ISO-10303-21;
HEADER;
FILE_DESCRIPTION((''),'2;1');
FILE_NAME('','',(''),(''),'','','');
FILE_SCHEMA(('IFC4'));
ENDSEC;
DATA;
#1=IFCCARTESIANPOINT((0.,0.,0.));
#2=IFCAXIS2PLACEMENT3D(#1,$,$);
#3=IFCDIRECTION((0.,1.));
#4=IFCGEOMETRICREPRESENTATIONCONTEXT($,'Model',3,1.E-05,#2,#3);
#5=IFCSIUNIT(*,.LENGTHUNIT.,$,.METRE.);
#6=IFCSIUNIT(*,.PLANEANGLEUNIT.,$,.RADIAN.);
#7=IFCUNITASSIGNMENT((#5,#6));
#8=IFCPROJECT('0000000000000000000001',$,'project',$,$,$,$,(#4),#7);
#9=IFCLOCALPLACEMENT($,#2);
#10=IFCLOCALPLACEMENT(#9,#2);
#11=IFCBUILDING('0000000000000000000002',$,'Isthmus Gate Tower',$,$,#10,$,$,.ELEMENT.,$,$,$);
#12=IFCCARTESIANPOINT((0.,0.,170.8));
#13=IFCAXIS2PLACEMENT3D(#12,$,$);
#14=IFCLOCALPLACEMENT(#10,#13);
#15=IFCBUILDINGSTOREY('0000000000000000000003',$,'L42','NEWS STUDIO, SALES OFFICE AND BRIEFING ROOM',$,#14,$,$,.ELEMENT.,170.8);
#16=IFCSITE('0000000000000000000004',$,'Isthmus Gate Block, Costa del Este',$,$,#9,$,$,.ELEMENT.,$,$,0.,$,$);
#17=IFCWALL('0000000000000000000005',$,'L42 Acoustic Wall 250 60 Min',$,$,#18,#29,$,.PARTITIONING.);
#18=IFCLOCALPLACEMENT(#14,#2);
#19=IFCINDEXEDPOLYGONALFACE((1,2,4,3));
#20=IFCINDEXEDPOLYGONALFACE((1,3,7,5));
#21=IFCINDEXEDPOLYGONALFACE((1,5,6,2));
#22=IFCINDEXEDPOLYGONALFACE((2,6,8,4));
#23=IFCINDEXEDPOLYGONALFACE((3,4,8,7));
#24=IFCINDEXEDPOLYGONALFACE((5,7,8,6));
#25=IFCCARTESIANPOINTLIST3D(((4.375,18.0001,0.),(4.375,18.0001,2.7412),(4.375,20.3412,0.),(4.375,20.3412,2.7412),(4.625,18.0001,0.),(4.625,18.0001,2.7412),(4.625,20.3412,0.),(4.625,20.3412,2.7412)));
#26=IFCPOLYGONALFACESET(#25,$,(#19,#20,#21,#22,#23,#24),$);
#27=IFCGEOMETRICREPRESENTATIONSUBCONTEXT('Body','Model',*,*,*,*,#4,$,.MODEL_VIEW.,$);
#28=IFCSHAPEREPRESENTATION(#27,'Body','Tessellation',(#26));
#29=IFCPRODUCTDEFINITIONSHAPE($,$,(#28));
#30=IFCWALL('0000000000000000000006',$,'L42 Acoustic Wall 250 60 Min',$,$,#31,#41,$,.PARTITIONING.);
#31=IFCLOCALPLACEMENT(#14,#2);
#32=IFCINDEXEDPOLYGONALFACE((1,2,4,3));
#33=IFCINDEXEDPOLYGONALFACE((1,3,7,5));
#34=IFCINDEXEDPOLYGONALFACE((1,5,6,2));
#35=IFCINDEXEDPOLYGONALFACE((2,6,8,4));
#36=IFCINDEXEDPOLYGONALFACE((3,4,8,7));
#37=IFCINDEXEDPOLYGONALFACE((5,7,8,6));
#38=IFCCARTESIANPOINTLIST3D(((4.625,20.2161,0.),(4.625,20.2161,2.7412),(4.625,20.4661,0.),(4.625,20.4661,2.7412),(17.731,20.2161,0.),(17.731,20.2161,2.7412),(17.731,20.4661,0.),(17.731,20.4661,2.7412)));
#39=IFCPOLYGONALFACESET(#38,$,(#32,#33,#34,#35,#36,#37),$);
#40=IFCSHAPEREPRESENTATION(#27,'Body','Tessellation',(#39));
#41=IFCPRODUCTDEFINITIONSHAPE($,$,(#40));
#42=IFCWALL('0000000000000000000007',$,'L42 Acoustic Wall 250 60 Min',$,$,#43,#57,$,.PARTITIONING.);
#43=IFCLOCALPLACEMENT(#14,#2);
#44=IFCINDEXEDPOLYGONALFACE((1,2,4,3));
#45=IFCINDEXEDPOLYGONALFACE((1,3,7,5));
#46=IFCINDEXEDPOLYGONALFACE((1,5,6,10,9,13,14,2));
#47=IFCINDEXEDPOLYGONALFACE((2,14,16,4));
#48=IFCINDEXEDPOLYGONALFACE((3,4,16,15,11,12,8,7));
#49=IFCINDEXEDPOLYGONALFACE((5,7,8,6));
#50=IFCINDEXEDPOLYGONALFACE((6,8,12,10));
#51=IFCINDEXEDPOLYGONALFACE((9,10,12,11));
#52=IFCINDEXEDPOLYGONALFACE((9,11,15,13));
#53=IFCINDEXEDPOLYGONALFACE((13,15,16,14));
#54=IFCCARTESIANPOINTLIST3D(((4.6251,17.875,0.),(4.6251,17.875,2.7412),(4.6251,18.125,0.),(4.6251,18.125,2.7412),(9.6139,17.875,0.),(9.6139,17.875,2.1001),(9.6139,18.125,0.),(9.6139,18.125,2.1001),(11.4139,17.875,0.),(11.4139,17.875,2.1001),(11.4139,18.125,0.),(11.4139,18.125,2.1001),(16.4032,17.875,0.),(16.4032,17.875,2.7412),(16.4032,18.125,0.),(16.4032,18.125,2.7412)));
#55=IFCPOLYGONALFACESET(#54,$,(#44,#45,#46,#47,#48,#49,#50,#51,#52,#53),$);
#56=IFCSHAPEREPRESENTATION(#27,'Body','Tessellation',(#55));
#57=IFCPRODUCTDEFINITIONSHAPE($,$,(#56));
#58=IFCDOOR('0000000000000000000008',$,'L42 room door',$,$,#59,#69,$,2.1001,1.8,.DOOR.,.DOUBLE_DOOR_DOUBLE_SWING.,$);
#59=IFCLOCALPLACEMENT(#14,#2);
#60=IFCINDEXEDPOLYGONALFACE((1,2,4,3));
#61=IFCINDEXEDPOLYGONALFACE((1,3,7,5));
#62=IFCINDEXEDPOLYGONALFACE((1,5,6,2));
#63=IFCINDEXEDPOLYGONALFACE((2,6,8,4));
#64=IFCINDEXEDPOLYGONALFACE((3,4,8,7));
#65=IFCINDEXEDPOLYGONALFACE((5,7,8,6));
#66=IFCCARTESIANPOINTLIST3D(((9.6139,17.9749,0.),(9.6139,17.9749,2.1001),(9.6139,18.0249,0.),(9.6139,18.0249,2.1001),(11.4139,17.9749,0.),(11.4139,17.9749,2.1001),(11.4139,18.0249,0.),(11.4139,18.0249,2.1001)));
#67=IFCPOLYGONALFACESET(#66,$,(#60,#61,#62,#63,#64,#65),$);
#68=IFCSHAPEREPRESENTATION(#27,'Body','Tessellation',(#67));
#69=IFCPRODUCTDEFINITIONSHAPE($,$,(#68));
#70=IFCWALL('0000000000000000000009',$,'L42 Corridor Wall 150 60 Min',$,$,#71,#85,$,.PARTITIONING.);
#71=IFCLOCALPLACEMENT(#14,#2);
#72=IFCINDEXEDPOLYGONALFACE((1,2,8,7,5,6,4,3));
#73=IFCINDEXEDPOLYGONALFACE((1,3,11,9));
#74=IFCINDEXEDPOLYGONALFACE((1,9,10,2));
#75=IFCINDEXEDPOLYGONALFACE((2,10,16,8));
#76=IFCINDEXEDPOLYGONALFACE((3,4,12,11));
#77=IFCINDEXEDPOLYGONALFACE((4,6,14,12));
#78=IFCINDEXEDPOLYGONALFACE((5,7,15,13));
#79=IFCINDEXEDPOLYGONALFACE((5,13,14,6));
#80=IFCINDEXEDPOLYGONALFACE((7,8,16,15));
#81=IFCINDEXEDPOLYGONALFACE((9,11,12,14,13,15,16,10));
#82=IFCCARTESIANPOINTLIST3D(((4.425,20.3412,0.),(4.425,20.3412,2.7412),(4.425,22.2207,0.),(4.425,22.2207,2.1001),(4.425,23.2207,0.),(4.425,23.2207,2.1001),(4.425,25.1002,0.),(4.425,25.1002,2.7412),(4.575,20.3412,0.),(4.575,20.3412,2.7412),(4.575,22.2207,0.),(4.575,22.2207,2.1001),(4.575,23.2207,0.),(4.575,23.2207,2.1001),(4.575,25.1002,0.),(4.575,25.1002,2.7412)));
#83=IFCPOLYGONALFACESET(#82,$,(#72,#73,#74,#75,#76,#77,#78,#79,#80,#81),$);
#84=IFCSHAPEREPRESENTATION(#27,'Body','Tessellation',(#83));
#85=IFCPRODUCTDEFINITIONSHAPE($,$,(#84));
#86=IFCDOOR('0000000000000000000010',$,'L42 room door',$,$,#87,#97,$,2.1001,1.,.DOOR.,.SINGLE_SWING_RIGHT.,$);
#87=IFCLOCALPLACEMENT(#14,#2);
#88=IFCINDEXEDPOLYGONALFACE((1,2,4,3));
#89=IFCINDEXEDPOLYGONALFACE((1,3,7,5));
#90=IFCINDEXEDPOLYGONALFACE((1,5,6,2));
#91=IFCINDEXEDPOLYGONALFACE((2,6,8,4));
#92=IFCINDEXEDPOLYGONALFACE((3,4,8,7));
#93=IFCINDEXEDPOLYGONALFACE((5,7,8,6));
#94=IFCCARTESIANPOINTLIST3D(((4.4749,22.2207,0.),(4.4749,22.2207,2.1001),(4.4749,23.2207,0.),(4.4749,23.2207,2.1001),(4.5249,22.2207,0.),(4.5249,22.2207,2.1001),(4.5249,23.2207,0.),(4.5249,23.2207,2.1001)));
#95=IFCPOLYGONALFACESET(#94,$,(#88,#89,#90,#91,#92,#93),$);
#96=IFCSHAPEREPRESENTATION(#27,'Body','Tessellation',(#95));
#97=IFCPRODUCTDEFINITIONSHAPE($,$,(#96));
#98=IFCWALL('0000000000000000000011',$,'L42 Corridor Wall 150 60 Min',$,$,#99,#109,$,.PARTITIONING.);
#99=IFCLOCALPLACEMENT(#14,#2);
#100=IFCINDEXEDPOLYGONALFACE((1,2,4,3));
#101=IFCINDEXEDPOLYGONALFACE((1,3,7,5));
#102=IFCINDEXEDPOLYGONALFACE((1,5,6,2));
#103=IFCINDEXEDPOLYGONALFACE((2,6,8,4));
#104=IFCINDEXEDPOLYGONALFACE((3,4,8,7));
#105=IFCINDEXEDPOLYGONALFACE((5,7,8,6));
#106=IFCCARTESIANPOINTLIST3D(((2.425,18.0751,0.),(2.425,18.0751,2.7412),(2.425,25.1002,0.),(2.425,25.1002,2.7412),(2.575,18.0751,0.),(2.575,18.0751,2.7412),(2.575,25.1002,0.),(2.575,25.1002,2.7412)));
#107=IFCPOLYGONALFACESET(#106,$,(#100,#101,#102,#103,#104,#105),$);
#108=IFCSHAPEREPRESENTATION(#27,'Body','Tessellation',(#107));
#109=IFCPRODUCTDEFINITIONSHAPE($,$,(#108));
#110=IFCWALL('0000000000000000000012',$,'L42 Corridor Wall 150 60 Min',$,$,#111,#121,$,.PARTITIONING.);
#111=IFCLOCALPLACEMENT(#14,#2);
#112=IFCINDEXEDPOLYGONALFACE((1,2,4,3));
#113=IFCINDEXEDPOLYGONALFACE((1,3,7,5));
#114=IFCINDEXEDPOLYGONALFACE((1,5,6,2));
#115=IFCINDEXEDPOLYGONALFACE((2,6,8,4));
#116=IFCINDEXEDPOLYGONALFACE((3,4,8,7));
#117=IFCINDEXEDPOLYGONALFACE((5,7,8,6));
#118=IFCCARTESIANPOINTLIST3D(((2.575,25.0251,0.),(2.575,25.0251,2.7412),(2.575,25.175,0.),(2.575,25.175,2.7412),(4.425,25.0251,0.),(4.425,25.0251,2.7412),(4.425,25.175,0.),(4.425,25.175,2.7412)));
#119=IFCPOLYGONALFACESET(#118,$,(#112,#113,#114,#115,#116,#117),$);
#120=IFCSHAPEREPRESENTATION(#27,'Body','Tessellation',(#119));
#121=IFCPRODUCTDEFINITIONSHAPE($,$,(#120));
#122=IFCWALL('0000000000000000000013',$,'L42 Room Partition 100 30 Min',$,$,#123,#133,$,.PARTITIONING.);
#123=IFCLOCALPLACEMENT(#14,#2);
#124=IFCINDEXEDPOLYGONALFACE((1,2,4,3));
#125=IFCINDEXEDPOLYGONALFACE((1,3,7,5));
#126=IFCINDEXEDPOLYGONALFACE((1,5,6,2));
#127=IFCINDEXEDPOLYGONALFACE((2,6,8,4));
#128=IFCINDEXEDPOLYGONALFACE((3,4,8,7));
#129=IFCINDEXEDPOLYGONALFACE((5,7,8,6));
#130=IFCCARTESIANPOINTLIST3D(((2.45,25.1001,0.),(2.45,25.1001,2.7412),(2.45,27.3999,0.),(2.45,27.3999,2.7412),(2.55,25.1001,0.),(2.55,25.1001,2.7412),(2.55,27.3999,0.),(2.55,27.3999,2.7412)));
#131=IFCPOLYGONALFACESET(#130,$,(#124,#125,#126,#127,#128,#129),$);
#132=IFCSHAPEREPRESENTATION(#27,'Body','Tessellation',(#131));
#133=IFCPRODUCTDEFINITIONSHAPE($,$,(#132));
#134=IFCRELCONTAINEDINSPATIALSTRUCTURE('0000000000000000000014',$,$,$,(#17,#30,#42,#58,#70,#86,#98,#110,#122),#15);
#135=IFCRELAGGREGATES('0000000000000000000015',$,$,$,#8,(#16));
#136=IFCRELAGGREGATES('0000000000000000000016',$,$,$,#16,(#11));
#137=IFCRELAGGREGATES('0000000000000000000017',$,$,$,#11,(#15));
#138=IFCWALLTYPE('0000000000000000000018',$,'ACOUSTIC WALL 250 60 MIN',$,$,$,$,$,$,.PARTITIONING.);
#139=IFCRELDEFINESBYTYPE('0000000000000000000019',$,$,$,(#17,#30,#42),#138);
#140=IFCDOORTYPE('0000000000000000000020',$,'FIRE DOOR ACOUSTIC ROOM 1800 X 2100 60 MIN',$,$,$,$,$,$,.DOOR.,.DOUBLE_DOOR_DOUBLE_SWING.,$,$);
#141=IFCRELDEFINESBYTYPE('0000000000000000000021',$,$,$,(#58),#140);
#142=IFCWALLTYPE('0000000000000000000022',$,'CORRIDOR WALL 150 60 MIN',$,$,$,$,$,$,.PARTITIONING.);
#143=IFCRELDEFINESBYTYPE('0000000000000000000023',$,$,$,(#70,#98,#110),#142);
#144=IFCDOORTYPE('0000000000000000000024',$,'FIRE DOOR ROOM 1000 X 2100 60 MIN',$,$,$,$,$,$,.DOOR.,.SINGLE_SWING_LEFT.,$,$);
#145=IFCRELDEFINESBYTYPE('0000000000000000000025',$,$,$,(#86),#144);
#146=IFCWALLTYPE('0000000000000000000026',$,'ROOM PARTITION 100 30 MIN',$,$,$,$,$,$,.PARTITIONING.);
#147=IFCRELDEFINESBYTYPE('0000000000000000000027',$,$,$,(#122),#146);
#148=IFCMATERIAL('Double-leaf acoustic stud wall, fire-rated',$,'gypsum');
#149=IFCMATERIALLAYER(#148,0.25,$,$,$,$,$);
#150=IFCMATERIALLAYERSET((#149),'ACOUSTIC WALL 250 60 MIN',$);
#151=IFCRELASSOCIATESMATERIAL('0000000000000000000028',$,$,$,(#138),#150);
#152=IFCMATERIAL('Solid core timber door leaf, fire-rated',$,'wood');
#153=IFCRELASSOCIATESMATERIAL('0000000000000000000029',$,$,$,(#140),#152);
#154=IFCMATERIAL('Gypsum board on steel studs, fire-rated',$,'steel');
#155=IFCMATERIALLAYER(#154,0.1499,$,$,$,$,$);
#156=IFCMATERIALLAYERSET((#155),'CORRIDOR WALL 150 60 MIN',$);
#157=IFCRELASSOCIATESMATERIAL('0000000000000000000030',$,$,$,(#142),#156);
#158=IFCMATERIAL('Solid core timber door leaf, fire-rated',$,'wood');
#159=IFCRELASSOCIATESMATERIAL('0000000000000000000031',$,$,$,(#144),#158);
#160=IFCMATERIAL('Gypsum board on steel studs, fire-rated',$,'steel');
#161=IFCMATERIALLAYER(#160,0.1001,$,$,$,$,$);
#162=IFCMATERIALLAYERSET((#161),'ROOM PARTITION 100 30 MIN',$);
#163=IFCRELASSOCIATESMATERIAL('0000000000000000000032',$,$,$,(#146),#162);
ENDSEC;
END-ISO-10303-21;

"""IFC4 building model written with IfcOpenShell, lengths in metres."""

from ifc_helpers import new_model, si_unit, direction, frame, frame_2d, origin, place, context, subcontext, project, spatial, rectangle, extrude, material, layer, layer_set, type_object, element, fill, save


model = new_model("IFC4")

# Units and contexts
model_context = context("Model", 3, precision=1e-05, world=origin(), true_north=direction((0.0, 1.0)))
body_context = subcontext(model_context, "Body", "Model", "MODEL_VIEW")
ifc_project = project(units=[si_unit("LENGTHUNIT", "METRE"), si_unit("PLANEANGLEUNIT", "RADIAN")], contexts=[model_context])

# Site, building, storey
site_placement = place(None, origin())
site = spatial("IfcSite", under=ifc_project, at=site_placement, Name="Isthmus Gate Block, Costa del Este", CompositionType="ELEMENT", RefElevation=0.0)
building_placement = place(site_placement, origin())
building = spatial("IfcBuilding", under=site, at=building_placement, Name="Isthmus Gate Tower", CompositionType="ELEMENT")
storey_placement = place(building_placement, frame((0.0, 0.0, 170.8)))
storey = spatial("IfcBuildingStorey", under=building, at=storey_placement, Name="L42", Description="NEWS STUDIO, SALES OFFICE AND BRIEFING ROOM", CompositionType="ELEMENT", Elevation=170.8)

# Walls
ifc_material_1 = material(Name="Double-leaf acoustic stud wall, fire-rated", Category="gypsum")
ifc_layer_1 = layer(ifc_material_1, 0.25)
ifc_layer_set_1 = layer_set([ifc_layer_1], Name="ACOUSTIC WALL 250 60 MIN")
wall_type_1 = type_object("IfcWallType", Name="ACOUSTIC WALL 250 60 MIN", PredefinedType="PARTITIONING", material=ifc_layer_set_1)
wall_1_placement = place(storey_placement, frame((4.5, 20.3411, 0.0), z_axis=(0.0, 0.0, 1.0), x_axis=(0.0, -1.0, 0.0)))
element("IfcWall", 1, at=wall_1_placement, inside=storey, type_object=wall_type_1, Name="L42 Acoustic Wall 250 60 Min", PredefinedType="PARTITIONING", context=body_context, shape_type="SweptSolid", body=[
    extrude(rectangle(XDim=2.3411, YDim=0.25, at=frame_2d((1.1704, 0.0))), origin(), (0.0, 0.0, 1.0), 2.7412),
])
wall_2_placement = place(storey_placement, frame((4.625, 20.3411, 0.0), z_axis=(0.0, 0.0, 1.0), x_axis=(1.0, 0.0, 0.0)))
element("IfcWall", 2, at=wall_2_placement, inside=storey, type_object=wall_type_1, Name="L42 Acoustic Wall 250 60 Min", PredefinedType="PARTITIONING", context=body_context, shape_type="SweptSolid", body=[
    extrude(rectangle(XDim=13.106, YDim=0.25, at=frame_2d((6.553, 0.0))), origin(), (0.0, 0.0, 1.0), 2.7412),
])

# Walls, openings, doors
wall_3_placement = place(storey_placement, frame((4.625, 18.0, 0.0), z_axis=(0.0, 0.0, 1.0), x_axis=(1.0, 0.0, 0.0)))
wall_3 = element("IfcWall", 3, at=wall_3_placement, inside=storey, type_object=wall_type_1, Name="L42 Acoustic Wall 250 60 Min", PredefinedType="PARTITIONING", context=body_context, shape_type="SweptSolid", body=[
    extrude(rectangle(XDim=11.7781, YDim=0.25, at=frame_2d((5.8892, 0.0))), origin(), (0.0, 0.0, 1.0), 2.7412),
])
opening_1_placement = place(wall_3_placement, frame((4.989, 0.0, 0.0)))
opening_1 = element("IfcOpeningElement", 4, at=opening_1_placement, cuts=wall_3, PredefinedType="OPENING", context=body_context, shape_type="SweptSolid", body=[
    extrude(rectangle(XDim=1.8, YDim=2.1001, at=frame_2d((0.8999, 1.05))), frame((0.0, 0.135, 0.0), z_axis=(0.0, -1.0, 0.0), x_axis=(1.0, 0.0, 0.0)), (0.0, 0.0, 1.0), 0.27),
])
ifc_material_2 = material(Name="Solid core timber door leaf, fire-rated", Category="wood")
door_type_1 = type_object("IfcDoorType", Name="FIRE DOOR ACOUSTIC ROOM 1800 X 2100 60 MIN", OperationType="DOUBLE_DOOR_DOUBLE_SWING", PredefinedType="DOOR", material=ifc_material_2)
door_1_placement = place(opening_1_placement, origin())
door_1 = element("IfcDoor", 5, at=door_1_placement, inside=storey, type_object=door_type_1, Name="L42 room door", OperationType="DOUBLE_DOOR_DOUBLE_SWING", OverallHeight=2.1001, OverallWidth=1.8, PredefinedType="DOOR", context=body_context, shape_type="SweptSolid", body=[
    extrude(rectangle(XDim=1.8, YDim=2.1001, at=frame_2d((0.8999, 1.05))), frame((0.0, 0.0249, 0.0), z_axis=(0.0, -1.0, 0.0), x_axis=(1.0, 0.0, 0.0)), (0.0, 0.0, 1.0), 0.05),
])
fill(opening_1, door_1)
ifc_material_3 = material(Name="Gypsum board on steel studs, fire-rated", Category="steel")
ifc_layer_2 = layer(ifc_material_3, 0.1499)
ifc_layer_set_2 = layer_set([ifc_layer_2], Name="CORRIDOR WALL 150 60 MIN")
wall_type_2 = type_object("IfcWallType", Name="CORRIDOR WALL 150 60 MIN", PredefinedType="PARTITIONING", material=ifc_layer_set_2)
wall_4_placement = place(storey_placement, frame((4.5, 25.1001, 0.0), z_axis=(0.0, 0.0, 1.0), x_axis=(0.0, -1.0, 0.0)))
wall_4 = element("IfcWall", 6, at=wall_4_placement, inside=storey, type_object=wall_type_2, Name="L42 Corridor Wall 150 60 Min", PredefinedType="PARTITIONING", context=body_context, shape_type="SweptSolid", body=[
    extrude(rectangle(XDim=4.759, YDim=0.1499, at=frame_2d((2.3794, 0.0))), origin(), (0.0, 0.0, 1.0), 2.7412),
])
opening_2_placement = place(wall_4_placement, frame((1.8794, 0.0, 0.0)))
opening_2 = element("IfcOpeningElement", 7, at=opening_2_placement, cuts=wall_4, PredefinedType="OPENING", context=body_context, shape_type="SweptSolid", body=[
    extrude(rectangle(XDim=1.0, YDim=2.1001, at=frame_2d((0.5, 1.05))), frame((0.0, 0.085, 0.0), z_axis=(0.0, -1.0, 0.0), x_axis=(1.0, 0.0, 0.0)), (0.0, 0.0, 1.0), 0.1699),
])
ifc_material_4 = material(Name="Solid core timber door leaf, fire-rated", Category="wood")
door_type_2 = type_object("IfcDoorType", Name="FIRE DOOR ROOM 1000 X 2100 60 MIN", OperationType="SINGLE_SWING_LEFT", PredefinedType="DOOR", material=ifc_material_4)
door_2_placement = place(opening_2_placement, origin())
door_2 = element("IfcDoor", 8, at=door_2_placement, inside=storey, type_object=door_type_2, Name="L42 room door", OperationType="SINGLE_SWING_RIGHT", OverallHeight=2.1001, OverallWidth=1.0, PredefinedType="DOOR", context=body_context, shape_type="SweptSolid", body=[
    extrude(rectangle(XDim=1.0, YDim=2.1001, at=frame_2d((0.5, 1.05))), frame((0.0, 0.0249, 0.0), z_axis=(0.0, -1.0, 0.0), x_axis=(1.0, 0.0, 0.0)), (0.0, 0.0, 1.0), 0.05),
])
fill(opening_2, door_2)

# Walls
wall_5_placement = place(storey_placement, frame((2.5, 18.075, 0.0), z_axis=(0.0, 0.0, 1.0), x_axis=(0.0, 1.0, 0.0)))
element("IfcWall", 9, at=wall_5_placement, inside=storey, type_object=wall_type_2, Name="L42 Corridor Wall 150 60 Min", PredefinedType="PARTITIONING", context=body_context, shape_type="SweptSolid", body=[
    extrude(rectangle(XDim=7.0251, YDim=0.1499, at=frame_2d((3.5127, 0.0))), origin(), (0.0, 0.0, 1.0), 2.7412),
])
wall_6_placement = place(storey_placement, frame((2.575, 25.1001, 0.0), z_axis=(0.0, 0.0, 1.0), x_axis=(1.0, 0.0, 0.0)))
element("IfcWall", 10, at=wall_6_placement, inside=storey, type_object=wall_type_2, Name="L42 Corridor Wall 150 60 Min", PredefinedType="PARTITIONING", context=body_context, shape_type="SweptSolid", body=[
    extrude(rectangle(XDim=1.8501, YDim=0.1499, at=frame_2d((0.925, 0.0))), origin(), (0.0, 0.0, 1.0), 2.7412),
])
ifc_material_5 = material(Name="Gypsum board on steel studs, fire-rated", Category="steel")
ifc_layer_3 = layer(ifc_material_5, 0.1001)
ifc_layer_set_3 = layer_set([ifc_layer_3], Name="ROOM PARTITION 100 30 MIN")
wall_type_3 = type_object("IfcWallType", Name="ROOM PARTITION 100 30 MIN", PredefinedType="PARTITIONING", material=ifc_layer_set_3)
wall_7_placement = place(storey_placement, frame((2.5, 25.1001, 0.0), z_axis=(0.0, 0.0, 1.0), x_axis=(0.0, 1.0, 0.0)))
element("IfcWall", 11, at=wall_7_placement, inside=storey, type_object=wall_type_3, Name="L42 Room Partition 100 30 Min", PredefinedType="PARTITIONING", context=body_context, shape_type="SweptSolid", body=[
    extrude(rectangle(XDim=2.2998, YDim=0.1001, at=frame_2d((1.1499, 0.0))), origin(), (0.0, 0.0, 1.0), 2.7412),
])

save(model, "model.ifc")
